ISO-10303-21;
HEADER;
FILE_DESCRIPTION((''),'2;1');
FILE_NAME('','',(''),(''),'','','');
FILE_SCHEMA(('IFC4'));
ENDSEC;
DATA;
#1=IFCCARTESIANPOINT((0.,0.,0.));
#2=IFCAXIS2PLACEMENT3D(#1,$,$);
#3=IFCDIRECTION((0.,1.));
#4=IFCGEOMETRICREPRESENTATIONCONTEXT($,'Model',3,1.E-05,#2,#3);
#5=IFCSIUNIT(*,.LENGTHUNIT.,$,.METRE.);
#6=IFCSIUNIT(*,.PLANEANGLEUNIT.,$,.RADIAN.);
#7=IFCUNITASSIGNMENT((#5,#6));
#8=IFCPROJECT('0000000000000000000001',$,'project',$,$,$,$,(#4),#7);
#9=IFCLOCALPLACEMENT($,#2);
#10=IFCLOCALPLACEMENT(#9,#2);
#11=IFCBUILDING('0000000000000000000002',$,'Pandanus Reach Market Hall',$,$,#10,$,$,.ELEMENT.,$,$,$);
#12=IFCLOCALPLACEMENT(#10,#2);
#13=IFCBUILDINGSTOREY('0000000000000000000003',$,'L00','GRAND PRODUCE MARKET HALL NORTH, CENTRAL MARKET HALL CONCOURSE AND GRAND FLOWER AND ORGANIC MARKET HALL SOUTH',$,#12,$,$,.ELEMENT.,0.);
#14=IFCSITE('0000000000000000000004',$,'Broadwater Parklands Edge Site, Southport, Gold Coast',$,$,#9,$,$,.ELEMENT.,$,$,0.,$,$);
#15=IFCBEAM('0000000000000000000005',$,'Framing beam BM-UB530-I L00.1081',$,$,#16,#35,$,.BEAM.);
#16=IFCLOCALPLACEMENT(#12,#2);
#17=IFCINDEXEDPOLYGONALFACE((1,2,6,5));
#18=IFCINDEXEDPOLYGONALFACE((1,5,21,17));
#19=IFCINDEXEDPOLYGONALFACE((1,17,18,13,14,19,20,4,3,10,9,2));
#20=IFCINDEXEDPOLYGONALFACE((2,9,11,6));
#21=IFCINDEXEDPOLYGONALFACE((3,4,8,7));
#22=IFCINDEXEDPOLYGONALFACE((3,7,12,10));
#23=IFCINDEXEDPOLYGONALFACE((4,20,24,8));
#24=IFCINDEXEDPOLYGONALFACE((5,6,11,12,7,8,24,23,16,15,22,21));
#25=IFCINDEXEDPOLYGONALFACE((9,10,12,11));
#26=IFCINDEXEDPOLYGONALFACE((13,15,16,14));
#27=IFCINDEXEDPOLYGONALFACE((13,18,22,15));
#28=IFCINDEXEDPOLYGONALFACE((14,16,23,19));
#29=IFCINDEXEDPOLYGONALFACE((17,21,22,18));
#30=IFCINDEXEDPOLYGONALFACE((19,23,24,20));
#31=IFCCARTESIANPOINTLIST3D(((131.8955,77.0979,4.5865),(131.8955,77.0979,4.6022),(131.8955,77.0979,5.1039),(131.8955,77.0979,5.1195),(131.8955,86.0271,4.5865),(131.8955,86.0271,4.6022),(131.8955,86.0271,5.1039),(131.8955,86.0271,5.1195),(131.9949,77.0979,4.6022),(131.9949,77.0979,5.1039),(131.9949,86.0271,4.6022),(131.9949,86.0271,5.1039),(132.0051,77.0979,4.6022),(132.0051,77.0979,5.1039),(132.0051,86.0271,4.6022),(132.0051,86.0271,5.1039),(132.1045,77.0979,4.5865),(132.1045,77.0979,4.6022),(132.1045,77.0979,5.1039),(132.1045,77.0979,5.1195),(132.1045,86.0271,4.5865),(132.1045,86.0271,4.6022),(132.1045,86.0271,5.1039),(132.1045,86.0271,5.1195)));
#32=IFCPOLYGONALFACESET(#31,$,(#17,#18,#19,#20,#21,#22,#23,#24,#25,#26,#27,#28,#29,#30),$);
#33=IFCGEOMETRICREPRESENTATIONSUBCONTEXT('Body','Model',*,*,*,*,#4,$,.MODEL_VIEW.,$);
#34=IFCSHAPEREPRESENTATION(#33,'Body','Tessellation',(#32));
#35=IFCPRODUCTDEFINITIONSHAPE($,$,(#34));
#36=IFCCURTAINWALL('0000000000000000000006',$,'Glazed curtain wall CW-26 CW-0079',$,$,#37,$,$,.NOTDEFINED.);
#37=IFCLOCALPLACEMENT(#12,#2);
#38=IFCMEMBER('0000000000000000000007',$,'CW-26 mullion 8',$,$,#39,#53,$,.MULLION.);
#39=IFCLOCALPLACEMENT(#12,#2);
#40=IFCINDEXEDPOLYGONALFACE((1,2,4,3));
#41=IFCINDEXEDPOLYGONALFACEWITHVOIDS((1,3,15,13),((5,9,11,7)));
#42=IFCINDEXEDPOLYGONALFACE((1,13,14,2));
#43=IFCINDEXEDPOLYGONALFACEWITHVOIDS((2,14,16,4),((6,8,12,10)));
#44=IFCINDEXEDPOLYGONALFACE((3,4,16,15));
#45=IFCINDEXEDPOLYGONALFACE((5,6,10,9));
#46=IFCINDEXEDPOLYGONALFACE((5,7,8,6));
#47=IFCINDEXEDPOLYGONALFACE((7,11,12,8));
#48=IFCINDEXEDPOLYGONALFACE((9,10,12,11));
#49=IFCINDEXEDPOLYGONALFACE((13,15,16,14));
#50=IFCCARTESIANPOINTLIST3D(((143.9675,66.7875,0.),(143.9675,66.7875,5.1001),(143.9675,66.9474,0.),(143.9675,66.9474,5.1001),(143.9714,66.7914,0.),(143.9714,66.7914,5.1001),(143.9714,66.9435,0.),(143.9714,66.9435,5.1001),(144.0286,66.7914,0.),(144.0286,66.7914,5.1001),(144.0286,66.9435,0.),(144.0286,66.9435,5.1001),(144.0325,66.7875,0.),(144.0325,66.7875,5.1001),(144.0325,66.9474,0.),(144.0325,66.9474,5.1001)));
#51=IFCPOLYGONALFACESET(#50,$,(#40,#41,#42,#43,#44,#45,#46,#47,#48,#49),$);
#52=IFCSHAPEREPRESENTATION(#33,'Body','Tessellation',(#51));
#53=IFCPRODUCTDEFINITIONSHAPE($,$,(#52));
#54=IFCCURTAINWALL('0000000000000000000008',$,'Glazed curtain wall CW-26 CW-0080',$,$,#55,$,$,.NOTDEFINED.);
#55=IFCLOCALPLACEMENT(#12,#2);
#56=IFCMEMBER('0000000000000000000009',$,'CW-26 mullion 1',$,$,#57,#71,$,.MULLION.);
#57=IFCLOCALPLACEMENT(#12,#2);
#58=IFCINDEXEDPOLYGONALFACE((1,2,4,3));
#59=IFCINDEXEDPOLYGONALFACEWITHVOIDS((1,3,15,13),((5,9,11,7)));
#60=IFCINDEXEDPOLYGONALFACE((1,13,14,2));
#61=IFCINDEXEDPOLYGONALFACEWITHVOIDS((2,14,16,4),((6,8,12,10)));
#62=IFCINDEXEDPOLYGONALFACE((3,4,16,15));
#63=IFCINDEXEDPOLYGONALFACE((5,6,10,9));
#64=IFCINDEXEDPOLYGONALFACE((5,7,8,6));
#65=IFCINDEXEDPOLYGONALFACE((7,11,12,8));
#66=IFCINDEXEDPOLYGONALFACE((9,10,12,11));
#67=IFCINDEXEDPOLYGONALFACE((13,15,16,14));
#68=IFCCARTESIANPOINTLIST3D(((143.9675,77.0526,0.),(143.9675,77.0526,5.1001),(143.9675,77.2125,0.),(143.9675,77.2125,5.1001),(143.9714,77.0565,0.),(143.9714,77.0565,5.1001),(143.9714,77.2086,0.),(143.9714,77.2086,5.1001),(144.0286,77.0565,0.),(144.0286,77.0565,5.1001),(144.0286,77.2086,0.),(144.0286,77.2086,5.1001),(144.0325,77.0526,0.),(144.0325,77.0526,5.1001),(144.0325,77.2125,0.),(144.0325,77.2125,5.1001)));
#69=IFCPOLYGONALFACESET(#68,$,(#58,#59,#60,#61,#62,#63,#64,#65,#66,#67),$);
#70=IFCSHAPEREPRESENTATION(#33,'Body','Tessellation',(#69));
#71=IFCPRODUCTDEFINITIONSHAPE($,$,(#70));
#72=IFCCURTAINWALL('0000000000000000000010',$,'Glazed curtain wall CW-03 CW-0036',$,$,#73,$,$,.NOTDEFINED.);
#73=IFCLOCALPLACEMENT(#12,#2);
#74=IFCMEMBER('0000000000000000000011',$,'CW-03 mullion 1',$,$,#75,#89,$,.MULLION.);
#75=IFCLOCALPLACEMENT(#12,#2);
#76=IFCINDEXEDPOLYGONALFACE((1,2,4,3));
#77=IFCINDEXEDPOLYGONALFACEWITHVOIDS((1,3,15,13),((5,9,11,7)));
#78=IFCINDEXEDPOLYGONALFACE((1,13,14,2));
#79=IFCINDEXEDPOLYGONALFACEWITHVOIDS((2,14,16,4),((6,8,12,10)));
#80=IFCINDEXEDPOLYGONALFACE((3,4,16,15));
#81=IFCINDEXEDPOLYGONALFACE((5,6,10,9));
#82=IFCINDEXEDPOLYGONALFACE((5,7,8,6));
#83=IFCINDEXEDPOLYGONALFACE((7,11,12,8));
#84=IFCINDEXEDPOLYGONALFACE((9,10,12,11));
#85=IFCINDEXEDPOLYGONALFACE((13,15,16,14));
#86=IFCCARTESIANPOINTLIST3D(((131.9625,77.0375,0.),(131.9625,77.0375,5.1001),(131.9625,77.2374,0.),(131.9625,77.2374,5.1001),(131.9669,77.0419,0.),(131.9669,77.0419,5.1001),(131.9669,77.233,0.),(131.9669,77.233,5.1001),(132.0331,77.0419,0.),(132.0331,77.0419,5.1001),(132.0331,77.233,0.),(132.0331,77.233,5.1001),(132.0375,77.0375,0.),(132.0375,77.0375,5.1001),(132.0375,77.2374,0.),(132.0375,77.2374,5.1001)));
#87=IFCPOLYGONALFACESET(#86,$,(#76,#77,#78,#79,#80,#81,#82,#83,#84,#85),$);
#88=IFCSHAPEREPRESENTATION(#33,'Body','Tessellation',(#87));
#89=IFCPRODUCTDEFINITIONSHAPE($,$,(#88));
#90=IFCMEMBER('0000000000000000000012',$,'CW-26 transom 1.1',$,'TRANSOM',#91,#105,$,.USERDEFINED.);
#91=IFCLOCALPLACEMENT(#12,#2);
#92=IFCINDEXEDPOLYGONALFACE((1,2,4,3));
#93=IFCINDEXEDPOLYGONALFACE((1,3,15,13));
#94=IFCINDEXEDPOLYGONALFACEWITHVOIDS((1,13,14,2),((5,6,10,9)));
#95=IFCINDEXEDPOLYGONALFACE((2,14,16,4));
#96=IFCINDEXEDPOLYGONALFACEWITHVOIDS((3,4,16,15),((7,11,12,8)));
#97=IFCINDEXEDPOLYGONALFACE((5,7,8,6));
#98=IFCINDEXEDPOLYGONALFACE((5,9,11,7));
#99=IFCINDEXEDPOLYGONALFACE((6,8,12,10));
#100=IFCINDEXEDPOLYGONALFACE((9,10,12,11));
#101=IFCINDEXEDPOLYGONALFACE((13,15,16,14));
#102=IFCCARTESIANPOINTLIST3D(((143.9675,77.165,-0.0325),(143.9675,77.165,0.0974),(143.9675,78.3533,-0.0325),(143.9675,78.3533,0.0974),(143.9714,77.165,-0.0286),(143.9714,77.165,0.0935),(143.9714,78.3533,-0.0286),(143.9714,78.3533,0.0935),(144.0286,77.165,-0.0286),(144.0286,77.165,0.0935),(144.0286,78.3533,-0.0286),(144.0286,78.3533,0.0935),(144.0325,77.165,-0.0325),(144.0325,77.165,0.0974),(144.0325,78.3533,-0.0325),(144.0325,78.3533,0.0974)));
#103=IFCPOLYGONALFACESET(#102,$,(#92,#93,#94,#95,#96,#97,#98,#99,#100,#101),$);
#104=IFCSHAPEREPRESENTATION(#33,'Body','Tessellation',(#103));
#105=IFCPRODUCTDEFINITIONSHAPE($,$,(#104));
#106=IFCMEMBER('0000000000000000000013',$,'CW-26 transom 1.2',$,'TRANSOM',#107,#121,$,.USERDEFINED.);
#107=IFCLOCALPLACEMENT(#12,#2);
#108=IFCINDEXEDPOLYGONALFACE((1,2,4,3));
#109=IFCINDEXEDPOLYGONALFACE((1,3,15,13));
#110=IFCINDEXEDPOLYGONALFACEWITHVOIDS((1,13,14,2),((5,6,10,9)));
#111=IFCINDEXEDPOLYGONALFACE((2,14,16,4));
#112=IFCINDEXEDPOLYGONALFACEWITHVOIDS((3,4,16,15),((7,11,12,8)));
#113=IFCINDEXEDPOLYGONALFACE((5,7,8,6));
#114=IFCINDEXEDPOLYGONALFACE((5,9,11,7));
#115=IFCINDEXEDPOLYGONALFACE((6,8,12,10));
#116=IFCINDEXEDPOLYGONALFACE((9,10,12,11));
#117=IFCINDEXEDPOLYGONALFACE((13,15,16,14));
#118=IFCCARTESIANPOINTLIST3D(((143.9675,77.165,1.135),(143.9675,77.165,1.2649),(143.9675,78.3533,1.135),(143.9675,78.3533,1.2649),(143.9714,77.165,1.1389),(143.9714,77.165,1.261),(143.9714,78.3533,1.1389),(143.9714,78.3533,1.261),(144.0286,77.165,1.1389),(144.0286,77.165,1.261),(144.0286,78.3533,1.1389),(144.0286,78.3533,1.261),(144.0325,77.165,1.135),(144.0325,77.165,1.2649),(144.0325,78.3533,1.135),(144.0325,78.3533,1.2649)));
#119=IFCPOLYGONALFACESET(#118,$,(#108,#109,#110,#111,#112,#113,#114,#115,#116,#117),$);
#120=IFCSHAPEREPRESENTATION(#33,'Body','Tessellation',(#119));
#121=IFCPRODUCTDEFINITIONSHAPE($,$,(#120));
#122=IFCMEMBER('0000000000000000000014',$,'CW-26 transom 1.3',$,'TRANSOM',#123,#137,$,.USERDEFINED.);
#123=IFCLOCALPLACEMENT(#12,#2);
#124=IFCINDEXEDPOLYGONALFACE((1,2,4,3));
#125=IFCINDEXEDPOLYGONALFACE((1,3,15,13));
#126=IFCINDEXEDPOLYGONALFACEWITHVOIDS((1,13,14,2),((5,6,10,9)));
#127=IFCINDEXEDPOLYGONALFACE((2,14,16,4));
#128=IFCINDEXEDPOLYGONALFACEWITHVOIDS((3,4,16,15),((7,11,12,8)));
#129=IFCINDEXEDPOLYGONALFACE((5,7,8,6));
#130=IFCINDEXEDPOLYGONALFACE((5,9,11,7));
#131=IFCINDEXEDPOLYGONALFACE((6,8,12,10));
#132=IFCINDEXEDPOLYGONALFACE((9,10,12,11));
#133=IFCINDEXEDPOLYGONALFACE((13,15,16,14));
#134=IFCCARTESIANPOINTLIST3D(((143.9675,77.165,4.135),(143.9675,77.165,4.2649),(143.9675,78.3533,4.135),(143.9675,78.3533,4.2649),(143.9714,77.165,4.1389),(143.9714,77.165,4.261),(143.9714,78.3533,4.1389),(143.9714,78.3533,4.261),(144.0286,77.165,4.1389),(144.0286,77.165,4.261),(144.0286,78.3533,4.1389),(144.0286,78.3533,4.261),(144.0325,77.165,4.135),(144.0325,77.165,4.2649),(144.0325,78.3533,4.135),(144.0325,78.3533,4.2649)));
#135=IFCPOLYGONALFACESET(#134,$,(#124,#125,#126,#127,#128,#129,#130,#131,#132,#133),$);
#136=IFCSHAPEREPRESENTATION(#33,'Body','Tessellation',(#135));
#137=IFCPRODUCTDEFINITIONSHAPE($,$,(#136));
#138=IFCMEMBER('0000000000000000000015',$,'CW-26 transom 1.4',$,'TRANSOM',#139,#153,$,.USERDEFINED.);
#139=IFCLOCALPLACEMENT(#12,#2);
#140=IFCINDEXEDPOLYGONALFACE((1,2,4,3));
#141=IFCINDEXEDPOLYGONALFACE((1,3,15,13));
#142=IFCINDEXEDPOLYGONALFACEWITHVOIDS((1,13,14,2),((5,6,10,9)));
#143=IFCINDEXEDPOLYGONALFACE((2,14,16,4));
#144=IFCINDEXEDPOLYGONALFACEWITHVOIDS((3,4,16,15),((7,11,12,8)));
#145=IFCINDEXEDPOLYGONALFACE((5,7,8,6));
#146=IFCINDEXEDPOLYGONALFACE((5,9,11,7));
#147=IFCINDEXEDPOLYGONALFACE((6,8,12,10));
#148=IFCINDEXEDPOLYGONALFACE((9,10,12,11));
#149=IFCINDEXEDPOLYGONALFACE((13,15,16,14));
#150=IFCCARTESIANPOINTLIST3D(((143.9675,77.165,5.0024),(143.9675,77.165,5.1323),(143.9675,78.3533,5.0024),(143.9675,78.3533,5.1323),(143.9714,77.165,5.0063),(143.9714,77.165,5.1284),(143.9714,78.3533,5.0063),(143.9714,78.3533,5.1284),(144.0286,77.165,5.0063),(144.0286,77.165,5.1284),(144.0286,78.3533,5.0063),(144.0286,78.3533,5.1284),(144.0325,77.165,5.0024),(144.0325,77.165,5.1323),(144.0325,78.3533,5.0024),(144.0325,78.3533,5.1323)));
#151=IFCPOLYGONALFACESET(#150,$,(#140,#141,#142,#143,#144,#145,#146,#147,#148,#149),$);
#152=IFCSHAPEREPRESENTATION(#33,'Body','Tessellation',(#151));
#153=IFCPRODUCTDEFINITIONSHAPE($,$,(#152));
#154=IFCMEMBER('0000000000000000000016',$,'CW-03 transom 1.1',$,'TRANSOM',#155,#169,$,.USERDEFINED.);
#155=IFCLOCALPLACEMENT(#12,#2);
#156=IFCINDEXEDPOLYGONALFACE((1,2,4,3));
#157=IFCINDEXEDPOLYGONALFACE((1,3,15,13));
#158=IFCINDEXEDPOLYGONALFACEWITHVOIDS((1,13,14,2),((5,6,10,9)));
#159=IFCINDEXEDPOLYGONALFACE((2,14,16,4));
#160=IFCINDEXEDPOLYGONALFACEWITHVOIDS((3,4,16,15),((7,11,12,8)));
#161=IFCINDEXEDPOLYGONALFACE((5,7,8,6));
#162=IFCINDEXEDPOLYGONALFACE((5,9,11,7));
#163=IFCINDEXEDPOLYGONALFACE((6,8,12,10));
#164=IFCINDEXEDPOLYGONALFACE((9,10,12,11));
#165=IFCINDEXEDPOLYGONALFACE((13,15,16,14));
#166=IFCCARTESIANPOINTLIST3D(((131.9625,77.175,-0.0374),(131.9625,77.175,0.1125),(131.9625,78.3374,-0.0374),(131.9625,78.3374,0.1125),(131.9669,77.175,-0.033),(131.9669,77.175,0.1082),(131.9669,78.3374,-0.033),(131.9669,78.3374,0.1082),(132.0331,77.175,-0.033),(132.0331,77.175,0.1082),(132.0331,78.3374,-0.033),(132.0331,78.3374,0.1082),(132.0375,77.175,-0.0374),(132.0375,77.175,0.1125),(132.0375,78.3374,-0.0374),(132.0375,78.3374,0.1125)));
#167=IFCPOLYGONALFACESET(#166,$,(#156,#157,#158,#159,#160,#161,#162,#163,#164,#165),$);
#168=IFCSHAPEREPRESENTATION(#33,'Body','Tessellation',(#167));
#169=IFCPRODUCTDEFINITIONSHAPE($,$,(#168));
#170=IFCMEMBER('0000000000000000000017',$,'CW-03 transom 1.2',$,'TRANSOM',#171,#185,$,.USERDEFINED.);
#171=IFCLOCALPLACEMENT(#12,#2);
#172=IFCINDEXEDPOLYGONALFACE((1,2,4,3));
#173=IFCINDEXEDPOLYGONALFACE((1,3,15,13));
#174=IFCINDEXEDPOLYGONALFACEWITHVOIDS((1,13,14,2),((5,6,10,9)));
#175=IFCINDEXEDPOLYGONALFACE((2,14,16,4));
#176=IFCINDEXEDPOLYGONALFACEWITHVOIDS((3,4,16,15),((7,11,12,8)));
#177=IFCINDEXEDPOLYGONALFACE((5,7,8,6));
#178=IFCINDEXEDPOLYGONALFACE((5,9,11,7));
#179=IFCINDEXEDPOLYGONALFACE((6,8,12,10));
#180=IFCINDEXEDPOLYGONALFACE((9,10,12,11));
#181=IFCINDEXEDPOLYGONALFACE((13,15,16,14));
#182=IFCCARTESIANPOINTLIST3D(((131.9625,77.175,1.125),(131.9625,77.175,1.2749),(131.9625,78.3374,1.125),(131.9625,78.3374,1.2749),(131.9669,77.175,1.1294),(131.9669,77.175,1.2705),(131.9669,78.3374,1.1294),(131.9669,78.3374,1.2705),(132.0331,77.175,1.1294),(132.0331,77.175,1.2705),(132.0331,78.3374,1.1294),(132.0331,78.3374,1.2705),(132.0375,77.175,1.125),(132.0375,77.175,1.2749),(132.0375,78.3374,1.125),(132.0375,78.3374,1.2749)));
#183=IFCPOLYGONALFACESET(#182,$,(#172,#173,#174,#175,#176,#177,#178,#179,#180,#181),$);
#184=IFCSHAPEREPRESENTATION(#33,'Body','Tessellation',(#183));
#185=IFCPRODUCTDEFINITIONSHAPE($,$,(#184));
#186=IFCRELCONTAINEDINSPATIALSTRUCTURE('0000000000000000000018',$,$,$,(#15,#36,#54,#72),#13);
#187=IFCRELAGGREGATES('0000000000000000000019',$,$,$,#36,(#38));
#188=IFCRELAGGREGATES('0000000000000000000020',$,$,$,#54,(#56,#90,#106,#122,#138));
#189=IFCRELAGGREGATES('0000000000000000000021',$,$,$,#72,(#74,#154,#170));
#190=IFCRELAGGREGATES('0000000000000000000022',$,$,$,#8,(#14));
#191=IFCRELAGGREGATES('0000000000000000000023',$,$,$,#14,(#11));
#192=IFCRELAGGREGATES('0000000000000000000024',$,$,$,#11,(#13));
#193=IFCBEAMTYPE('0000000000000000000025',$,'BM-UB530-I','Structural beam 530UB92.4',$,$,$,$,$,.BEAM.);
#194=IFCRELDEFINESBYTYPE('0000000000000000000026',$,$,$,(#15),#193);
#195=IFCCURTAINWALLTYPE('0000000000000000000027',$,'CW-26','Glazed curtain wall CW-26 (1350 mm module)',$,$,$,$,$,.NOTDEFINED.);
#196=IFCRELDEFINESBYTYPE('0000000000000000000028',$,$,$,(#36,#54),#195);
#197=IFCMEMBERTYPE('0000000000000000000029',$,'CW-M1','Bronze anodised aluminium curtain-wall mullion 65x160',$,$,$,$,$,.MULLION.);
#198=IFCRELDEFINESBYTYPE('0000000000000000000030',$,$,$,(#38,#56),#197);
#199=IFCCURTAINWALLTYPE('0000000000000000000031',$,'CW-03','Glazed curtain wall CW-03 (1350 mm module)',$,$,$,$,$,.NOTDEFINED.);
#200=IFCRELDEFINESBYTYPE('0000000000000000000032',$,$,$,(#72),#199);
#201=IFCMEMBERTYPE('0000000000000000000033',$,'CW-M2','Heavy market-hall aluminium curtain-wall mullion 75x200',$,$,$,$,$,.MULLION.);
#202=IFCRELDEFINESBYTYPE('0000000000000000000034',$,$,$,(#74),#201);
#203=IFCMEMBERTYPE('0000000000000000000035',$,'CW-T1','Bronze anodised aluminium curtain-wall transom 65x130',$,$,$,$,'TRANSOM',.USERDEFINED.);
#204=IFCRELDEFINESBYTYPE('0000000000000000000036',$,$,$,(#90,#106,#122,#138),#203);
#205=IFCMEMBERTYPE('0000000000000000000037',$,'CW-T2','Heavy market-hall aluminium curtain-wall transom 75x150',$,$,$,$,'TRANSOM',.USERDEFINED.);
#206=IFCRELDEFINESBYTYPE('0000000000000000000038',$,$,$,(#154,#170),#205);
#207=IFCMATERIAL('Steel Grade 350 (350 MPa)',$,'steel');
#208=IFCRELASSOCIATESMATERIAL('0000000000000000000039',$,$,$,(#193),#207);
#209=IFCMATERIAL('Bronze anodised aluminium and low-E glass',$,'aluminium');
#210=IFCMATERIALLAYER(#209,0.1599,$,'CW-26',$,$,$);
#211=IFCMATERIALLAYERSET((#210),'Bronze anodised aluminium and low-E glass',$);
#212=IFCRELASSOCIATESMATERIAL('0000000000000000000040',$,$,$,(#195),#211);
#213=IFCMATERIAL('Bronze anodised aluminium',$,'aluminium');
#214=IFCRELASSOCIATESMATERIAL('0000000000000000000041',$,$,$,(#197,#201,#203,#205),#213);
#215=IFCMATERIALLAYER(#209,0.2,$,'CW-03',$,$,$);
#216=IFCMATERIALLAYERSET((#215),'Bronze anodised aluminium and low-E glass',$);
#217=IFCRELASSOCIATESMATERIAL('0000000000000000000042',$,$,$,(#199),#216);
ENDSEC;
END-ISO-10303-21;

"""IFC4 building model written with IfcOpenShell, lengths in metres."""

from ifc_helpers import new_model, si_unit, direction, frame, origin, origin_2d, place, context, subcontext, project, spatial, hollow_rectangle, i_section, extrude, material, layer, layer_set, material_profile, profile_set, type_object, element, aggregate, save


model = new_model("IFC4")

# Units and contexts
model_context = context("Model", 3, precision=1e-05, world=origin(), true_north=direction((0.0, 1.0)))
body_context = subcontext(model_context, "Body", "Model", "MODEL_VIEW")
ifc_project = project(units=[si_unit("LENGTHUNIT", "METRE"), si_unit("PLANEANGLEUNIT", "RADIAN")], contexts=[model_context])

# Site, building, storey
site_placement = place(None, origin())
site = spatial("IfcSite", under=ifc_project, at=site_placement, Name="Broadwater Parklands Edge Site, Southport, Gold Coast", CompositionType="ELEMENT", RefElevation=0.0)
building_placement = place(site_placement, origin())
building = spatial("IfcBuilding", under=site, at=building_placement, Name="Pandanus Reach Market Hall", CompositionType="ELEMENT")
storey_placement = place(building_placement, origin())
storey = spatial("IfcBuildingStorey", under=building, at=storey_placement, Name="L00", Description="GRAND PRODUCE MARKET HALL NORTH, CENTRAL MARKET HALL CONCOURSE AND GRAND FLOWER AND ORGANIC MARKET HALL SOUTH", CompositionType="ELEMENT", Elevation=0.0)

# Beam
ifc_material_1 = material(Name="Steel Grade 350 (350 MPa)", Category="steel")
ifc_material_profile_1 = material_profile(ifc_material_1, i_section(OverallWidth=0.209, OverallDepth=0.533, WebThickness=0.0103, FlangeThickness=0.0156, at=origin_2d()), Name="530UB92.4", Category="LoadBearing")
ifc_profile_set_1 = profile_set([ifc_material_profile_1], Name="Steel Grade 350 (350 MPa)")
beam_type_1 = type_object("IfcBeamType", Name="BM-UB530-I", Description="Structural beam 530UB92.4", PredefinedType="BEAM", material=ifc_profile_set_1)
beam_1_placement = place(storey_placement, frame((132.0, 77.0979, 4.853), z_axis=(0.0, 1.0, 0.0), x_axis=(-1.0, 0.0, 0.0)))
element("IfcBeam", 1, at=beam_1_placement, inside=storey, type_object=beam_type_1, Name="Framing beam BM-UB530-I L00.1081", PredefinedType="BEAM", context=body_context, shape_type="SweptSolid", body=[
    extrude(i_section(OverallWidth=0.209, OverallDepth=0.533, WebThickness=0.0103, FlangeThickness=0.0156, at=origin_2d()), origin(), (0.0, 0.0, 1.0), 8.9292),
])

# Curtain walls, members
ifc_material_2 = material(Name="Bronze anodised aluminium and low-E glass", Category="aluminium")
ifc_layer_1 = layer(ifc_material_2, 0.1599, Name="CW-26")
ifc_layer_set_1 = layer_set([ifc_layer_1], Name="Bronze anodised aluminium and low-E glass")
curtain_wall_type_1 = type_object("IfcCurtainWallType", Name="CW-26", Description="Glazed curtain wall CW-26 (1350 mm module)", PredefinedType="NOTDEFINED", material=ifc_layer_set_1)
curtain_wall_1_placement = place(storey_placement, origin())
curtain_wall_1 = element("IfcCurtainWall", 2, at=curtain_wall_1_placement, inside=storey, type_object=curtain_wall_type_1, Name="Glazed curtain wall CW-26 CW-0079", PredefinedType="NOTDEFINED")
ifc_material_3 = material(Name="Bronze anodised aluminium", Category="aluminium")
ifc_material_profile_2 = material_profile(ifc_material_3, hollow_rectangle(XDim=0.0649, YDim=0.1599, WallThickness=0.0039, at=origin_2d()), Name="ALU65x160", Category="LoadBearing")
ifc_profile_set_2 = profile_set([ifc_material_profile_2], Name="Bronze anodised aluminium")
member_type_1 = type_object("IfcMemberType", Name="CW-M1", Description="Bronze anodised aluminium curtain-wall mullion 65x160", PredefinedType="MULLION", material=ifc_profile_set_2)
member_1_placement = place(storey_placement, frame((144.0, 66.8674, 0.0), z_axis=(0.0, 0.0, 1.0), x_axis=(-1.0, 0.0, 0.0)))
member_1 = element("IfcMember", 3, at=member_1_placement, type_object=member_type_1, Name="CW-26 mullion 8", PredefinedType="MULLION", context=body_context, shape_type="SweptSolid", body=[
    extrude(hollow_rectangle(XDim=0.0649, YDim=0.1599, WallThickness=0.0039, at=origin_2d()), origin(), (0.0, 0.0, 1.0), 5.1001),
])
curtain_wall_2_placement = place(storey_placement, origin())
curtain_wall_2 = element("IfcCurtainWall", 4, at=curtain_wall_2_placement, inside=storey, type_object=curtain_wall_type_1, Name="Glazed curtain wall CW-26 CW-0080", PredefinedType="NOTDEFINED")
member_2_placement = place(storey_placement, frame((144.0, 77.1326, 0.0), z_axis=(0.0, 0.0, 1.0), x_axis=(-1.0, 0.0, 0.0)))
member_2 = element("IfcMember", 5, at=member_2_placement, type_object=member_type_1, Name="CW-26 mullion 1", PredefinedType="MULLION", context=body_context, shape_type="SweptSolid", body=[
    extrude(hollow_rectangle(XDim=0.0649, YDim=0.1599, WallThickness=0.0039, at=origin_2d()), origin(), (0.0, 0.0, 1.0), 5.1001),
])
ifc_layer_2 = layer(ifc_material_2, 0.2, Name="CW-03")
ifc_layer_set_2 = layer_set([ifc_layer_2], Name="Bronze anodised aluminium and low-E glass")
curtain_wall_type_2 = type_object("IfcCurtainWallType", Name="CW-03", Description="Glazed curtain wall CW-03 (1350 mm module)", PredefinedType="NOTDEFINED", material=ifc_layer_set_2)
curtain_wall_3_placement = place(storey_placement, origin())
curtain_wall_3 = element("IfcCurtainWall", 6, at=curtain_wall_3_placement, inside=storey, type_object=curtain_wall_type_2, Name="Glazed curtain wall CW-03 CW-0036", PredefinedType="NOTDEFINED")
ifc_material_profile_3 = material_profile(ifc_material_3, hollow_rectangle(XDim=0.075, YDim=0.2, WallThickness=0.0044, at=origin_2d()), Name="ALU75x200", Category="LoadBearing")
ifc_profile_set_3 = profile_set([ifc_material_profile_3], Name="Bronze anodised aluminium")
member_type_2 = type_object("IfcMemberType", Name="CW-M2", Description="Heavy market-hall aluminium curtain-wall mullion 75x200", PredefinedType="MULLION", material=ifc_profile_set_3)
member_3_placement = place(storey_placement, frame((132.0, 77.1375, 0.0), z_axis=(0.0, 0.0, 1.0), x_axis=(-1.0, 0.0, 0.0)))
member_3 = element("IfcMember", 7, at=member_3_placement, type_object=member_type_2, Name="CW-03 mullion 1", PredefinedType="MULLION", context=body_context, shape_type="SweptSolid", body=[
    extrude(hollow_rectangle(XDim=0.075, YDim=0.2, WallThickness=0.0044, at=origin_2d()), origin(), (0.0, 0.0, 1.0), 5.1001),
])

# Members
ifc_material_profile_4 = material_profile(ifc_material_3, hollow_rectangle(XDim=0.0649, YDim=0.1299, WallThickness=0.0039, at=origin_2d()), Name="ALU65x130", Category="LoadBearing")
ifc_profile_set_4 = profile_set([ifc_material_profile_4], Name="Bronze anodised aluminium")
member_type_3 = type_object("IfcMemberType", Name="CW-T1", Description="Bronze anodised aluminium curtain-wall transom 65x130", ElementType="TRANSOM", PredefinedType="USERDEFINED", material=ifc_profile_set_4)
member_4_placement = place(storey_placement, frame((144.0, 77.165, 0.0325), z_axis=(0.0, 1.0, 0.0), x_axis=(-1.0, 0.0, 0.0)))
member_4 = element("IfcMember", 8, at=member_4_placement, type_object=member_type_3, Name="CW-26 transom 1.1", ObjectType="TRANSOM", PredefinedType="USERDEFINED", context=body_context, shape_type="SweptSolid", body=[
    extrude(hollow_rectangle(XDim=0.0649, YDim=0.1299, WallThickness=0.0039, at=origin_2d()), origin(), (0.0, 0.0, 1.0), 1.1882),
])
member_5_placement = place(storey_placement, frame((144.0, 77.165, 1.2), z_axis=(0.0, 1.0, 0.0), x_axis=(-1.0, 0.0, 0.0)))
member_5 = element("IfcMember", 9, at=member_5_placement, type_object=member_type_3, Name="CW-26 transom 1.2", ObjectType="TRANSOM", PredefinedType="USERDEFINED", context=body_context, shape_type="SweptSolid", body=[
    extrude(hollow_rectangle(XDim=0.0649, YDim=0.1299, WallThickness=0.0039, at=origin_2d()), origin(), (0.0, 0.0, 1.0), 1.1882),
])
member_6_placement = place(storey_placement, frame((144.0, 77.165, 4.2), z_axis=(0.0, 1.0, 0.0), x_axis=(-1.0, 0.0, 0.0)))
member_6 = element("IfcMember", 10, at=member_6_placement, type_object=member_type_3, Name="CW-26 transom 1.3", ObjectType="TRANSOM", PredefinedType="USERDEFINED", context=body_context, shape_type="SweptSolid", body=[
    extrude(hollow_rectangle(XDim=0.0649, YDim=0.1299, WallThickness=0.0039, at=origin_2d()), origin(), (0.0, 0.0, 1.0), 1.1882),
])
member_7_placement = place(storey_placement, frame((144.0, 77.165, 5.0674), z_axis=(0.0, 1.0, 0.0), x_axis=(-1.0, 0.0, 0.0)))
member_7 = element("IfcMember", 11, at=member_7_placement, type_object=member_type_3, Name="CW-26 transom 1.4", ObjectType="TRANSOM", PredefinedType="USERDEFINED", context=body_context, shape_type="SweptSolid", body=[
    extrude(hollow_rectangle(XDim=0.0649, YDim=0.1299, WallThickness=0.0039, at=origin_2d()), origin(), (0.0, 0.0, 1.0), 1.1882),
])
ifc_material_profile_5 = material_profile(ifc_material_3, hollow_rectangle(XDim=0.075, YDim=0.1499, WallThickness=0.0044, at=origin_2d()), Name="ALU75x150", Category="LoadBearing")
ifc_profile_set_5 = profile_set([ifc_material_profile_5], Name="Bronze anodised aluminium")
member_type_4 = type_object("IfcMemberType", Name="CW-T2", Description="Heavy market-hall aluminium curtain-wall transom 75x150", ElementType="TRANSOM", PredefinedType="USERDEFINED", material=ifc_profile_set_5)
member_8_placement = place(storey_placement, frame((132.0, 77.175, 0.0376), z_axis=(0.0, 1.0, 0.0), x_axis=(-1.0, 0.0, 0.0)))
member_8 = element("IfcMember", 12, at=member_8_placement, type_object=member_type_4, Name="CW-03 transom 1.1", ObjectType="TRANSOM", PredefinedType="USERDEFINED", context=body_context, shape_type="SweptSolid", body=[
    extrude(hollow_rectangle(XDim=0.075, YDim=0.1499, WallThickness=0.0044, at=origin_2d()), origin(), (0.0, 0.0, 1.0), 1.1624),
])
member_9_placement = place(storey_placement, frame((132.0, 77.175, 1.2), z_axis=(0.0, 1.0, 0.0), x_axis=(-1.0, 0.0, 0.0)))
member_9 = element("IfcMember", 13, at=member_9_placement, type_object=member_type_4, Name="CW-03 transom 1.2", ObjectType="TRANSOM", PredefinedType="USERDEFINED", context=body_context, shape_type="SweptSolid", body=[
    extrude(hollow_rectangle(XDim=0.075, YDim=0.1499, WallThickness=0.0044, at=origin_2d()), origin(), (0.0, 0.0, 1.0), 1.1624),
])

aggregate(curtain_wall_1, [member_1])
aggregate(curtain_wall_2, [member_2, member_4, member_5, member_6, member_7])
aggregate(curtain_wall_3, [member_3, member_8, member_9])

save(model, "model.ifc")
